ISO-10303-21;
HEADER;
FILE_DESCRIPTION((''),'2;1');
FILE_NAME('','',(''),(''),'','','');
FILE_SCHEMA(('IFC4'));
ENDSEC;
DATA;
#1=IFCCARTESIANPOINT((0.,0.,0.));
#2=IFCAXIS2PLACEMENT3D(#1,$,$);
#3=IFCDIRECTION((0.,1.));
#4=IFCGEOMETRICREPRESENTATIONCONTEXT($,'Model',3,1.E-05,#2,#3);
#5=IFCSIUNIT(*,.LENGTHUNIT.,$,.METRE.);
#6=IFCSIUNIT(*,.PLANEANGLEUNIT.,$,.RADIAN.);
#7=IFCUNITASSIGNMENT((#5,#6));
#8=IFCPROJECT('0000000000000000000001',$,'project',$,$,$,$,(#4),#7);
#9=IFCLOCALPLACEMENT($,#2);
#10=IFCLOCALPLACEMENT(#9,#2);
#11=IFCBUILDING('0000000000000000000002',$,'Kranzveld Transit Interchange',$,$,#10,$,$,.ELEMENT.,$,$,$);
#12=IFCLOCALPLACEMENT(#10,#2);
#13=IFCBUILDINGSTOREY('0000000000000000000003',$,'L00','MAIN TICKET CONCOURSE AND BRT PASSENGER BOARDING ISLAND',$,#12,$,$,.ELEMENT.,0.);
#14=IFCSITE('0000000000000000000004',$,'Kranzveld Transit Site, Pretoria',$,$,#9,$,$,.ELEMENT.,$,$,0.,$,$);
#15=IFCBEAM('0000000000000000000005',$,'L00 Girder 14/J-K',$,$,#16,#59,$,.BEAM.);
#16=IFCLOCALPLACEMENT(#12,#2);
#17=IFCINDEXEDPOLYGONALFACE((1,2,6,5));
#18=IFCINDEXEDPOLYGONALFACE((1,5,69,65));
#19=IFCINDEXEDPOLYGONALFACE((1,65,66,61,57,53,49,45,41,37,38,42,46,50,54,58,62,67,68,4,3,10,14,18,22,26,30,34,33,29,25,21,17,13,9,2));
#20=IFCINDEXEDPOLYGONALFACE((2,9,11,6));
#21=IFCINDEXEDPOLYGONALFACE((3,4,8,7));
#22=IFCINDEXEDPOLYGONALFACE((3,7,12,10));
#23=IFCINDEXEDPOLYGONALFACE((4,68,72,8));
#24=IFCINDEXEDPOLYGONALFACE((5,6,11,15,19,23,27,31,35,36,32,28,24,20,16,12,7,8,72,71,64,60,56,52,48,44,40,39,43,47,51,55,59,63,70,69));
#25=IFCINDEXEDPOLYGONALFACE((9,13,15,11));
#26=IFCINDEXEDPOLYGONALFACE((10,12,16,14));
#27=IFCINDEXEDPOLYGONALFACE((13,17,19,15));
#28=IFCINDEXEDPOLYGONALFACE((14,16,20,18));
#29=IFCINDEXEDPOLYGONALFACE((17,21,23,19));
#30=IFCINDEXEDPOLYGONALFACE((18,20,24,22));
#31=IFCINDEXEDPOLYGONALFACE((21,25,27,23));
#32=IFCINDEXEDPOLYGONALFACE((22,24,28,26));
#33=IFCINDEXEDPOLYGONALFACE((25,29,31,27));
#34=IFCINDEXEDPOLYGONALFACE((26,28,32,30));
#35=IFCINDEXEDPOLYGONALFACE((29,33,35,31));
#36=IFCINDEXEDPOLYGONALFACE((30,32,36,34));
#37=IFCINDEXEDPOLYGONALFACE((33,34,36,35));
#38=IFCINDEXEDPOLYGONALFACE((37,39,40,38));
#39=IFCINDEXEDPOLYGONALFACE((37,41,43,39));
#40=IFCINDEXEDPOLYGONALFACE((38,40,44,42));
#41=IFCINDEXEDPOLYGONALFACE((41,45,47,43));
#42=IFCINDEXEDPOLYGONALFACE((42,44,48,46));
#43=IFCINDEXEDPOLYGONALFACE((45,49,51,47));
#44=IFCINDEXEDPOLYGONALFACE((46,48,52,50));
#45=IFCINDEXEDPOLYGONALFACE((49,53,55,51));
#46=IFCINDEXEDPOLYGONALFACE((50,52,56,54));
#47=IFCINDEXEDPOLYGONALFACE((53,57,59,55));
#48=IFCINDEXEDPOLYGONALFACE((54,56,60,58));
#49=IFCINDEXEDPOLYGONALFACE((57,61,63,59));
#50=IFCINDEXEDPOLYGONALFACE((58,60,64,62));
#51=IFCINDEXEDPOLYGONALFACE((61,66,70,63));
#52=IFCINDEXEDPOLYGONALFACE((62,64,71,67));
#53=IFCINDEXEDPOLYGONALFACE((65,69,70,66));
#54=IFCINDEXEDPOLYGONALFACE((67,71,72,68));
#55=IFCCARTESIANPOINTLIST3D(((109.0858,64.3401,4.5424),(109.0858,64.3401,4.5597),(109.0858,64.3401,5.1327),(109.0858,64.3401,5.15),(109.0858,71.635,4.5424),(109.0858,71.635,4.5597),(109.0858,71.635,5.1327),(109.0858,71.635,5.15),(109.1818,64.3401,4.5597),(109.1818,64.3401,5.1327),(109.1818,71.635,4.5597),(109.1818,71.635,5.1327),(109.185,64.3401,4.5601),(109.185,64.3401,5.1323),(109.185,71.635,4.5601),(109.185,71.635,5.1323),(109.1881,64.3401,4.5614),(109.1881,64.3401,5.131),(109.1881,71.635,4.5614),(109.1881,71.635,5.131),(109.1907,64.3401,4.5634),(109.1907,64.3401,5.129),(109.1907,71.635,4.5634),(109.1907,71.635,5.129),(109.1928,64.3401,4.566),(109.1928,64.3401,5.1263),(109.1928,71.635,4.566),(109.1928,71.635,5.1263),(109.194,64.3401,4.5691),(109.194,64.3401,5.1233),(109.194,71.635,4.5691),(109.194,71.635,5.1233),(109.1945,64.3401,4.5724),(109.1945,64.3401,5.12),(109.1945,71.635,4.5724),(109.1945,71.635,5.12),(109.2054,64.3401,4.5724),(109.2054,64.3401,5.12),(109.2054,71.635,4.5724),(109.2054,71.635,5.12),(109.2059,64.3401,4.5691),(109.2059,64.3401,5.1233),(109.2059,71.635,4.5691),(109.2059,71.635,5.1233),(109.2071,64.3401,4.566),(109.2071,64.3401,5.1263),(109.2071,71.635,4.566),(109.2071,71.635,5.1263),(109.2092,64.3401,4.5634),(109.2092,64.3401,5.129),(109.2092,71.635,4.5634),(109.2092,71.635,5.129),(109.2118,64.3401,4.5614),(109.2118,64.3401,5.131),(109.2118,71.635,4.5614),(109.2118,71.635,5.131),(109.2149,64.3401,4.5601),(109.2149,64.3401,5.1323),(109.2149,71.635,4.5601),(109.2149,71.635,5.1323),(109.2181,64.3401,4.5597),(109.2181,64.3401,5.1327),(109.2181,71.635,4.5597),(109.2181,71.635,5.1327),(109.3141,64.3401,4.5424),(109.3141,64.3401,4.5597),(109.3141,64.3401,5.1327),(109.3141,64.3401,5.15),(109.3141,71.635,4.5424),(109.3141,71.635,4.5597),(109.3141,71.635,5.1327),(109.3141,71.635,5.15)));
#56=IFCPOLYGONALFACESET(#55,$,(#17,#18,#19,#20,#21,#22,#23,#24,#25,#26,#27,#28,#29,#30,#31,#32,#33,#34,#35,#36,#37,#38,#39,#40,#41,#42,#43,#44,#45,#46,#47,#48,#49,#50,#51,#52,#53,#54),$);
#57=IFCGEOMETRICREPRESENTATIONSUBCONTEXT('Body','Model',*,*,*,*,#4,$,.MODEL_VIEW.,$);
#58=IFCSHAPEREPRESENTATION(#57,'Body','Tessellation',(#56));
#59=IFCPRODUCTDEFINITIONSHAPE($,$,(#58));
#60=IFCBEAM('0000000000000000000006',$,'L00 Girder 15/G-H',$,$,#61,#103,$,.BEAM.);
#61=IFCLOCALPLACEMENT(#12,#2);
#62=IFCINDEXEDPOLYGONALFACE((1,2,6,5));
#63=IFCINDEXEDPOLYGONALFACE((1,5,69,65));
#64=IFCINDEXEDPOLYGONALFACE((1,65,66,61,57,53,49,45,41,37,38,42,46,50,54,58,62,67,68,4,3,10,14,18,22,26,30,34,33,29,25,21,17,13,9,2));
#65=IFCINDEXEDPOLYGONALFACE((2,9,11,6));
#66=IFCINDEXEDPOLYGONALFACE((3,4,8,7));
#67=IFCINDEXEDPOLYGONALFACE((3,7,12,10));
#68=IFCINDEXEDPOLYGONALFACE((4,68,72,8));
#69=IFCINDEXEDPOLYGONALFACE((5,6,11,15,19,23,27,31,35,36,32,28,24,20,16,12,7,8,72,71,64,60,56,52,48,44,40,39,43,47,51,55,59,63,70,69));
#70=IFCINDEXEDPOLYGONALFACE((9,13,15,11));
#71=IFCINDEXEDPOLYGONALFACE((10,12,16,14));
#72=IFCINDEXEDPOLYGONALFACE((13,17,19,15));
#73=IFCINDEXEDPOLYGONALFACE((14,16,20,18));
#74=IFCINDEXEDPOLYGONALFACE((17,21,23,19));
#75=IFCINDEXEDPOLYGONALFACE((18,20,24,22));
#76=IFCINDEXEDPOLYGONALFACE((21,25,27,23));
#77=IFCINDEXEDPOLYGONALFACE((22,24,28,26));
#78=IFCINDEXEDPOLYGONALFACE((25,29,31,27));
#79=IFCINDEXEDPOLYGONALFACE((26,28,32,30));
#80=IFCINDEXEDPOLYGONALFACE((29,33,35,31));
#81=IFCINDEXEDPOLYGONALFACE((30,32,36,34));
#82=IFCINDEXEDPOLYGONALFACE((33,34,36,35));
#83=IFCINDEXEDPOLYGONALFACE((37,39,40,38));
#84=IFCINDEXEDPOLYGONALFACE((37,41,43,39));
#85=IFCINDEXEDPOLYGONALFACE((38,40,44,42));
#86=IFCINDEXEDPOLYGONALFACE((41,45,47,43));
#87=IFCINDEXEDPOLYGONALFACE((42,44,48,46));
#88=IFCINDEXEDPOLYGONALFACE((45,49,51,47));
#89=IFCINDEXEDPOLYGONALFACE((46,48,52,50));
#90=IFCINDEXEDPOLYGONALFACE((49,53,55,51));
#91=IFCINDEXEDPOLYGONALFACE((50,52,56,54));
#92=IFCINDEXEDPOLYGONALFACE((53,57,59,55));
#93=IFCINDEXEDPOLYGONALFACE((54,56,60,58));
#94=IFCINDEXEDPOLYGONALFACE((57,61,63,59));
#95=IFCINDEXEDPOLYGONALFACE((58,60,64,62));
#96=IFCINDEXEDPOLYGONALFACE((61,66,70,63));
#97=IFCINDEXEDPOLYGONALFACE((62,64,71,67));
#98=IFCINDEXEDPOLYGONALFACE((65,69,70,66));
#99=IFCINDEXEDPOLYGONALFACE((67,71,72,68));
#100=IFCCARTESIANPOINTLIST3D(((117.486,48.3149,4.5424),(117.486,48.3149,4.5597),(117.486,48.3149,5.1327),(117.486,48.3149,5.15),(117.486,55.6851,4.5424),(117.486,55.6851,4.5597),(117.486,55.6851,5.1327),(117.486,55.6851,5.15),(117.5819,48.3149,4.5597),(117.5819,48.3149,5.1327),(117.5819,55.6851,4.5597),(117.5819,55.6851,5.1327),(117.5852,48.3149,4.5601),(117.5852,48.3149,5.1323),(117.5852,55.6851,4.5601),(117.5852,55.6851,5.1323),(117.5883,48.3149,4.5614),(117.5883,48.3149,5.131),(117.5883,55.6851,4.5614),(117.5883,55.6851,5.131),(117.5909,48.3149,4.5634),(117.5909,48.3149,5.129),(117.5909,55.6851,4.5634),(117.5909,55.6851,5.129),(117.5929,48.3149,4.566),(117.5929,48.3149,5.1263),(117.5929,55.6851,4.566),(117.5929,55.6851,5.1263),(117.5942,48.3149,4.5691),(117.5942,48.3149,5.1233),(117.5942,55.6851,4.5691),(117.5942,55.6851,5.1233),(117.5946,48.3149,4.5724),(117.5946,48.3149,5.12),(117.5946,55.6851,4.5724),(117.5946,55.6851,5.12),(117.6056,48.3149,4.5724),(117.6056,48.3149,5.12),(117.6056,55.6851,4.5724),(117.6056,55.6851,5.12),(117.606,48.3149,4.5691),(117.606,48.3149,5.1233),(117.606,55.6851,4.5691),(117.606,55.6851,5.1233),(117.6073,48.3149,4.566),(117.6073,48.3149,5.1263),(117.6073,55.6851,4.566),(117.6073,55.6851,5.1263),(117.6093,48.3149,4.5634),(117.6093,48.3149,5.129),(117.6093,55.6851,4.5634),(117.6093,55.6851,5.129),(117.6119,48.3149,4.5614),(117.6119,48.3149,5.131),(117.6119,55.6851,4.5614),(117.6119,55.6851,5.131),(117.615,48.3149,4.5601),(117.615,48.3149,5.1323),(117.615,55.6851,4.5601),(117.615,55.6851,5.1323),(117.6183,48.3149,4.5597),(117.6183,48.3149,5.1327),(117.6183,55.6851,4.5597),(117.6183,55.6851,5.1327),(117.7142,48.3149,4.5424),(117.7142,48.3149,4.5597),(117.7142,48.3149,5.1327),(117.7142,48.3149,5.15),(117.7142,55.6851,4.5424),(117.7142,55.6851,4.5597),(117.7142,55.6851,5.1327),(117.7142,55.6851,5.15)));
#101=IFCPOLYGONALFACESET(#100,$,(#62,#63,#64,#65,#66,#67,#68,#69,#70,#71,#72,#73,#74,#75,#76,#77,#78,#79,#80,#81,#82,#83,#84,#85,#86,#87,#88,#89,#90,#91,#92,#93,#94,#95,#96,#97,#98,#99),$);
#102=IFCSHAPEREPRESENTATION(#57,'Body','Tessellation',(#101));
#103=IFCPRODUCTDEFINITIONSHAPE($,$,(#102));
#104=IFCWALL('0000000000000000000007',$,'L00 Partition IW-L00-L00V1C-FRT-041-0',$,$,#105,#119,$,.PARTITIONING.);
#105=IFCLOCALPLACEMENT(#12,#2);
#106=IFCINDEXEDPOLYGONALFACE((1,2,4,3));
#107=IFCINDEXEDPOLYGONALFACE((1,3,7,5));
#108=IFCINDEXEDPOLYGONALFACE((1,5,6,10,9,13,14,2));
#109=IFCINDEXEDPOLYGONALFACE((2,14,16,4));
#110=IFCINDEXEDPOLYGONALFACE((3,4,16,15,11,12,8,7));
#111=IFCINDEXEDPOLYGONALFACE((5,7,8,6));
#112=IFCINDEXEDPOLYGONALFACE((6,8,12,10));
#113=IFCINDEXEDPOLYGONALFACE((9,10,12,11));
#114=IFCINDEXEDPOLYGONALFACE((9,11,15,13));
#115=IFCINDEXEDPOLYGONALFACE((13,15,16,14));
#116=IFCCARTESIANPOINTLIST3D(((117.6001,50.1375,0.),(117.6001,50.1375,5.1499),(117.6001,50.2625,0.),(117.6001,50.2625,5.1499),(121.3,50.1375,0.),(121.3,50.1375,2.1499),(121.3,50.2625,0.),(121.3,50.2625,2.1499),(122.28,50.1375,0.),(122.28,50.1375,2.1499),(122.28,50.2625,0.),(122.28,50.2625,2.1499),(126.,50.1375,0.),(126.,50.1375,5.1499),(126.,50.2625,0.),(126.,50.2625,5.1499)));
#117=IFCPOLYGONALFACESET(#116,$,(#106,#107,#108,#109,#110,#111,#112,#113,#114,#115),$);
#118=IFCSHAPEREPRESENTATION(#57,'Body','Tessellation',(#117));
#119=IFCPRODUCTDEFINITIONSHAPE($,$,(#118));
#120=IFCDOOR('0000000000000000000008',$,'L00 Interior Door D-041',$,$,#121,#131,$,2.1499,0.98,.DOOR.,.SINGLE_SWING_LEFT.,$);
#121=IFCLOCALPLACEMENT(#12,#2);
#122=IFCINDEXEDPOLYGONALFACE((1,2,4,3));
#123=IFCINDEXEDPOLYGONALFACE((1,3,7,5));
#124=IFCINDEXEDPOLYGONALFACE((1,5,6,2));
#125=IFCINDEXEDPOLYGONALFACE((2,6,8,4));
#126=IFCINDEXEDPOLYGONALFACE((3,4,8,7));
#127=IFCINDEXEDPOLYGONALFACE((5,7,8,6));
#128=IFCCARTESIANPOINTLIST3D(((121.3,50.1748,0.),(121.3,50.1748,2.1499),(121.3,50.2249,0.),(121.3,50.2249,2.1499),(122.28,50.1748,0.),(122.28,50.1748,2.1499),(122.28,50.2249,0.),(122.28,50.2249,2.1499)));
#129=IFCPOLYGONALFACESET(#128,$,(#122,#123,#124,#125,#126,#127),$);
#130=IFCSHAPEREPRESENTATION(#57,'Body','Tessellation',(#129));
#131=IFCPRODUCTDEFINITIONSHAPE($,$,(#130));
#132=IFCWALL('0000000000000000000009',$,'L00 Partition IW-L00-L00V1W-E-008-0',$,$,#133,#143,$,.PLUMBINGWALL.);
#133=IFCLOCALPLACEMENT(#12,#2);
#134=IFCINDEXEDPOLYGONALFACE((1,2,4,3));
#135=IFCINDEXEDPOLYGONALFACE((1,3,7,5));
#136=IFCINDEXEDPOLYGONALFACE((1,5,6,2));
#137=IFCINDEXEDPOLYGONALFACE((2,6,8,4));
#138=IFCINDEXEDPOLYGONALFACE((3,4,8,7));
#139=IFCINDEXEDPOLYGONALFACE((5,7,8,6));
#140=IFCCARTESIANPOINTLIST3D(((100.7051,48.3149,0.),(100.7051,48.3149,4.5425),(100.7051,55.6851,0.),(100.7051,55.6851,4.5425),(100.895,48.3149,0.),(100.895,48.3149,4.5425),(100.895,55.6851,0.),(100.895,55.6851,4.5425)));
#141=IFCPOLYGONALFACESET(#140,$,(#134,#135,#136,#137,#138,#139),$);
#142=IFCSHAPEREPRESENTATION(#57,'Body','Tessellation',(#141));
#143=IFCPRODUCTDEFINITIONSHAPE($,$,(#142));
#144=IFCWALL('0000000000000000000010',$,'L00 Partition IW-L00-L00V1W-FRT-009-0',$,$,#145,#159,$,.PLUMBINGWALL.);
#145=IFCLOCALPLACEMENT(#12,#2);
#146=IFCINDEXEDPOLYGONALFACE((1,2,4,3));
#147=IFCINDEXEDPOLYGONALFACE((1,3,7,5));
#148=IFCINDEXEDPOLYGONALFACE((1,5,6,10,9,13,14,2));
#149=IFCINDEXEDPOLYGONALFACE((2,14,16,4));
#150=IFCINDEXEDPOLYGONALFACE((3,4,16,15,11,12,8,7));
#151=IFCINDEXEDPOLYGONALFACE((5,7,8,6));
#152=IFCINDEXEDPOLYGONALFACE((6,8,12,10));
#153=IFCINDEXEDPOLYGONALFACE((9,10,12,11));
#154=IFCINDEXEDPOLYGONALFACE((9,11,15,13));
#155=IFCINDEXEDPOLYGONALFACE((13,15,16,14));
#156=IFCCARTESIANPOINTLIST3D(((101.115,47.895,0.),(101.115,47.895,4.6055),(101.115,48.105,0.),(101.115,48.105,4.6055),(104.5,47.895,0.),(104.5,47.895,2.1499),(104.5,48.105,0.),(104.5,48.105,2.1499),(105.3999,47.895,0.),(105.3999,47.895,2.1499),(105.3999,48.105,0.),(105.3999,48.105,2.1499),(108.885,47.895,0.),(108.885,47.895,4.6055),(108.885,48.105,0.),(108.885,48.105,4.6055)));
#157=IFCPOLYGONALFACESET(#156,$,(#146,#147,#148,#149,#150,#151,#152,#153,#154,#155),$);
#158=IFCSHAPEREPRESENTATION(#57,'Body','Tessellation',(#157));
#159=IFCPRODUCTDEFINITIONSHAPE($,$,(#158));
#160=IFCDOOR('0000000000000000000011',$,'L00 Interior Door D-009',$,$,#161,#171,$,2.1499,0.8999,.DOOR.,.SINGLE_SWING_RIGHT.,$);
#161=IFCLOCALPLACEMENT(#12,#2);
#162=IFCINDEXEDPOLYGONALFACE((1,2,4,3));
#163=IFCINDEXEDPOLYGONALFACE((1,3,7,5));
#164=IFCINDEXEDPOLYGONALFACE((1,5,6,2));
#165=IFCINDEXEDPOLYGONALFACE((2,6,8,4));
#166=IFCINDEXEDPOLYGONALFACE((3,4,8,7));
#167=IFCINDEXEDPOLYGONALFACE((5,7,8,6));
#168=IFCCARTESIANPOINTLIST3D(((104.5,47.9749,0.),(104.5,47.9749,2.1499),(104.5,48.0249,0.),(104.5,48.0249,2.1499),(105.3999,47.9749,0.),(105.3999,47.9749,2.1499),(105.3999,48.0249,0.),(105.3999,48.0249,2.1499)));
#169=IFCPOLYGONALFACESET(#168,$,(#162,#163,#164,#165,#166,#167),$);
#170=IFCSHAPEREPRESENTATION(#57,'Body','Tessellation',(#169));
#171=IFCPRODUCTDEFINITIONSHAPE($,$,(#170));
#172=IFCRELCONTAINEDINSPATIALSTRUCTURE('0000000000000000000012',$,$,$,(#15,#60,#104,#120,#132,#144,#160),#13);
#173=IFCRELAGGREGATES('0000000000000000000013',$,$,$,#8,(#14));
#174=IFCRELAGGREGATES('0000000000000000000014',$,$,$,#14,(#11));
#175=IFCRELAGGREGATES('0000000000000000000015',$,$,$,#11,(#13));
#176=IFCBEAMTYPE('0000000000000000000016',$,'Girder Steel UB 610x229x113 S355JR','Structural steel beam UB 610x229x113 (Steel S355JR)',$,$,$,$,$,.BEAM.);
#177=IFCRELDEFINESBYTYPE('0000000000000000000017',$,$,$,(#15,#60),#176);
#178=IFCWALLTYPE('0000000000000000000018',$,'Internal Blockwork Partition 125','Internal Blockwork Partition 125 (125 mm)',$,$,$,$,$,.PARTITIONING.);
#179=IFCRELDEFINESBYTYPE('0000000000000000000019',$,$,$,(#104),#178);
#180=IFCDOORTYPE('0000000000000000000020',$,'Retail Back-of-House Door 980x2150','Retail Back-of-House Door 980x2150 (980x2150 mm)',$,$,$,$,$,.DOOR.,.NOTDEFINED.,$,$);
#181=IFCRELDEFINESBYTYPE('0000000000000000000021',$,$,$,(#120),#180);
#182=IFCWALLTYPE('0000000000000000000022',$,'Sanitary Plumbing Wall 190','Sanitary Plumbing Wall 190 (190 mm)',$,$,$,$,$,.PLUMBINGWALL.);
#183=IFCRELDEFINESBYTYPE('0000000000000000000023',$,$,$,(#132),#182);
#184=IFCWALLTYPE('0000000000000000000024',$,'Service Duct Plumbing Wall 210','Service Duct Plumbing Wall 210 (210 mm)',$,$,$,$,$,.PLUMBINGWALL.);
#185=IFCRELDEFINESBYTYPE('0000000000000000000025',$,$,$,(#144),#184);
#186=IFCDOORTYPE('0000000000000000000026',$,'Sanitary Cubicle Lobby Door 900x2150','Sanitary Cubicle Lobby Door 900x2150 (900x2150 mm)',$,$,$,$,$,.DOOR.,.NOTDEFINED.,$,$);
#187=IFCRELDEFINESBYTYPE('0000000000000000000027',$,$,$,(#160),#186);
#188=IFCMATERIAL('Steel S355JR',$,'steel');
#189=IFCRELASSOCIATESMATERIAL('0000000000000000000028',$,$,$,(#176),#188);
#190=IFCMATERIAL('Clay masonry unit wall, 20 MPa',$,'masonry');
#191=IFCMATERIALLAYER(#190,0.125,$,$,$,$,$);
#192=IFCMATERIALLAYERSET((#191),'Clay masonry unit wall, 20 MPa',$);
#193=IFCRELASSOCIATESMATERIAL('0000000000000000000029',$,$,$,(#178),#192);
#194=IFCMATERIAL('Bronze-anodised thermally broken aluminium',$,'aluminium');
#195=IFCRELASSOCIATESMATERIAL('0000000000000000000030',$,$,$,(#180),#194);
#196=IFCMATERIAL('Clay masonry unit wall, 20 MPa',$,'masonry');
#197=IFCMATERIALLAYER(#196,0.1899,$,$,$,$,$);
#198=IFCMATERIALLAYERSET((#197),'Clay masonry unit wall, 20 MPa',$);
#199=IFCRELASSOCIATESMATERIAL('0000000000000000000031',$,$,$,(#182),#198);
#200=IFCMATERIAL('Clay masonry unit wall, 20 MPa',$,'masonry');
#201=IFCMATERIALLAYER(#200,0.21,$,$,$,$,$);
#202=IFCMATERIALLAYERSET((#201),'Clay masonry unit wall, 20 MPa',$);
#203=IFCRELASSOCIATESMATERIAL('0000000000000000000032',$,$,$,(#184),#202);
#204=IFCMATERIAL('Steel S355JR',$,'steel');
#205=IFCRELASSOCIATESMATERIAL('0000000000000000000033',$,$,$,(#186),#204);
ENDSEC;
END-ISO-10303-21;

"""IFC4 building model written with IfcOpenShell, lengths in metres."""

from ifc_helpers import new_model, si_unit, direction, frame, frame_2d, origin, origin_2d, place, context, subcontext, project, spatial, rectangle, i_section, extrude, material, layer, layer_set, material_profile, profile_set, type_object, element, fill, save


model = new_model("IFC4")

# Units and contexts
model_context = context("Model", 3, precision=1e-05, world=origin(), true_north=direction((0.0, 1.0)))
body_context = subcontext(model_context, "Body", "Model", "MODEL_VIEW")
ifc_project = project(units=[si_unit("LENGTHUNIT", "METRE"), si_unit("PLANEANGLEUNIT", "RADIAN")], contexts=[model_context])

# Site, building, storey
site_placement = place(None, origin())
site = spatial("IfcSite", under=ifc_project, at=site_placement, Name="Kranzveld Transit Site, Pretoria", CompositionType="ELEMENT", RefElevation=0.0)
building_placement = place(site_placement, origin())
building = spatial("IfcBuilding", under=site, at=building_placement, Name="Kranzveld Transit Interchange", CompositionType="ELEMENT")
storey_placement = place(building_placement, origin())
storey = spatial("IfcBuildingStorey", under=building, at=storey_placement, Name="L00", Description="MAIN TICKET CONCOURSE AND BRT PASSENGER BOARDING ISLAND", CompositionType="ELEMENT", Elevation=0.0)

# Beams
ifc_material_1 = material(Name="Steel S355JR", Category="steel")
ifc_material_profile_1 = material_profile(ifc_material_1, i_section(OverallWidth=0.2283, OverallDepth=0.6077, WebThickness=0.011, FlangeThickness=0.0173, FilletRadius=0.0127, at=origin_2d()), Name="UB 610x229x113")
ifc_profile_set_1 = profile_set([ifc_material_profile_1], Name="Steel S355JR")
beam_type_1 = type_object("IfcBeamType", Name="Girder Steel UB 610x229x113 S355JR", Description="Structural steel beam UB 610x229x113 (Steel S355JR)", PredefinedType="BEAM", material=ifc_profile_set_1)
beam_1_placement = place(storey_placement, frame((109.2, 64.3401, 4.8462), z_axis=(0.0, 1.0, 0.0), x_axis=(-1.0, 0.0, 0.0)))
element("IfcBeam", 1, at=beam_1_placement, inside=storey, type_object=beam_type_1, Name="L00 Girder 14/J-K", PredefinedType="BEAM", context=body_context, shape_type="SweptSolid", body=[
    extrude(i_section(OverallWidth=0.2283, OverallDepth=0.6077, WebThickness=0.011, FlangeThickness=0.0173, FilletRadius=0.0127, at=origin_2d()), origin(), (0.0, 0.0, 1.0), 7.2949),
])
beam_2_placement = place(storey_placement, frame((117.6001, 48.3149, 4.8462), z_axis=(0.0, 1.0, 0.0), x_axis=(-1.0, 0.0, 0.0)))
element("IfcBeam", 2, at=beam_2_placement, inside=storey, type_object=beam_type_1, Name="L00 Girder 15/G-H", PredefinedType="BEAM", context=body_context, shape_type="SweptSolid", body=[
    extrude(i_section(OverallWidth=0.2283, OverallDepth=0.6077, WebThickness=0.011, FlangeThickness=0.0173, FilletRadius=0.0127, at=origin_2d()), origin(), (0.0, 0.0, 1.0), 7.3701),
])

# Wall, opening, door
ifc_material_2 = material(Name="Clay masonry unit wall, 20 MPa", Category="masonry")
ifc_layer_1 = layer(ifc_material_2, 0.125)
ifc_layer_set_1 = layer_set([ifc_layer_1], Name="Clay masonry unit wall, 20 MPa")
wall_type_1 = type_object("IfcWallType", Name="Internal Blockwork Partition 125", Description="Internal Blockwork Partition 125 (125 mm)", PredefinedType="PARTITIONING", material=ifc_layer_set_1)
wall_1_placement = place(storey_placement, frame((117.6001, 50.2, 0.0), z_axis=(0.0, 0.0, 1.0), x_axis=(1.0, 0.0, 0.0)))
wall_1 = element("IfcWall", 3, at=wall_1_placement, inside=storey, type_object=wall_type_1, Name="L00 Partition IW-L00-L00V1C-FRT-041-0", PredefinedType="PARTITIONING", context=body_context, shape_type="SweptSolid", body=[
    extrude(rectangle(XDim=8.3999, YDim=0.125, at=frame_2d((4.2, 0.0))), origin(), (0.0, 0.0, 1.0), 5.1499),
])
opening_1_placement = place(wall_1_placement, frame((3.7, 0.0, 0.0), z_axis=(0.0, 0.0, 1.0), x_axis=(1.0, 0.0, 0.0)))
opening_1 = element("IfcOpeningElement", 4, at=opening_1_placement, cuts=wall_1, PredefinedType="OPENING", context=body_context, shape_type="SweptSolid", body=[
    extrude(rectangle(XDim=0.98, YDim=2.1499, at=frame_2d((0.49, 1.075))), frame((0.0, 0.0725, 0.0), z_axis=(0.0, -1.0, 0.0), x_axis=(1.0, 0.0, 0.0)), (0.0, 0.0, 1.0), 0.145),
])
ifc_material_3 = material(Name="Bronze-anodised thermally broken aluminium", Category="aluminium")
door_type_1 = type_object("IfcDoorType", Name="Retail Back-of-House Door 980x2150", Description="Retail Back-of-House Door 980x2150 (980x2150 mm)", OperationType="NOTDEFINED", PredefinedType="DOOR", material=ifc_material_3)
door_1_placement = place(opening_1_placement, origin())
door_1 = element("IfcDoor", 5, at=door_1_placement, inside=storey, type_object=door_type_1, Name="L00 Interior Door D-041", OperationType="SINGLE_SWING_LEFT", OverallHeight=2.1499, OverallWidth=0.98, PredefinedType="DOOR", context=body_context, shape_type="SweptSolid", body=[
    extrude(rectangle(XDim=0.98, YDim=2.1499, at=frame_2d((0.49, 1.075))), frame((0.0, 0.0249, 0.0), z_axis=(0.0, -1.0, 0.0), x_axis=(1.0, 0.0, 0.0)), (0.0, 0.0, 1.0), 0.05),
])
fill(opening_1, door_1)

# Wall
ifc_material_4 = material(Name="Clay masonry unit wall, 20 MPa", Category="masonry")
ifc_layer_2 = layer(ifc_material_4, 0.1899)
ifc_layer_set_2 = layer_set([ifc_layer_2], Name="Clay masonry unit wall, 20 MPa")
wall_type_2 = type_object("IfcWallType", Name="Sanitary Plumbing Wall 190", Description="Sanitary Plumbing Wall 190 (190 mm)", PredefinedType="PLUMBINGWALL", material=ifc_layer_set_2)
wall_2_placement = place(storey_placement, frame((100.8, 48.3149, 0.0), z_axis=(0.0, 0.0, 1.0), x_axis=(0.0, 1.0, 0.0)))
element("IfcWall", 6, at=wall_2_placement, inside=storey, type_object=wall_type_2, Name="L00 Partition IW-L00-L00V1W-E-008-0", PredefinedType="PLUMBINGWALL", context=body_context, shape_type="SweptSolid", body=[
    extrude(rectangle(XDim=7.3701, YDim=0.1899, at=frame_2d((3.6851, 0.0))), origin(), (0.0, 0.0, 1.0), 4.5425),
])

# Wall, opening, door
ifc_material_5 = material(Name="Clay masonry unit wall, 20 MPa", Category="masonry")
ifc_layer_3 = layer(ifc_material_5, 0.21)
ifc_layer_set_3 = layer_set([ifc_layer_3], Name="Clay masonry unit wall, 20 MPa")
wall_type_3 = type_object("IfcWallType", Name="Service Duct Plumbing Wall 210", Description="Service Duct Plumbing Wall 210 (210 mm)", PredefinedType="PLUMBINGWALL", material=ifc_layer_set_3)
wall_3_placement = place(storey_placement, frame((101.115, 48.0, 0.0), z_axis=(0.0, 0.0, 1.0), x_axis=(1.0, 0.0, 0.0)))
wall_3 = element("IfcWall", 7, at=wall_3_placement, inside=storey, type_object=wall_type_3, Name="L00 Partition IW-L00-L00V1W-FRT-009-0", PredefinedType="PLUMBINGWALL", context=body_context, shape_type="SweptSolid", body=[
    extrude(rectangle(XDim=7.77, YDim=0.21, at=frame_2d((3.885, 0.0))), origin(), (0.0, 0.0, 1.0), 4.6055),
])
opening_2_placement = place(wall_3_placement, frame((3.385, 0.0, 0.0), z_axis=(0.0, 0.0, 1.0), x_axis=(1.0, 0.0, 0.0)))
opening_2 = element("IfcOpeningElement", 8, at=opening_2_placement, cuts=wall_3, PredefinedType="OPENING", context=body_context, shape_type="SweptSolid", body=[
    extrude(rectangle(XDim=0.8999, YDim=2.1499, at=frame_2d((0.45, 1.075))), frame((0.0, 0.115, 0.0), z_axis=(0.0, -1.0, 0.0), x_axis=(1.0, 0.0, 0.0)), (0.0, 0.0, 1.0), 0.23),
])
ifc_material_6 = material(Name="Steel S355JR", Category="steel")
door_type_2 = type_object("IfcDoorType", Name="Sanitary Cubicle Lobby Door 900x2150", Description="Sanitary Cubicle Lobby Door 900x2150 (900x2150 mm)", OperationType="NOTDEFINED", PredefinedType="DOOR", material=ifc_material_6)
door_2_placement = place(opening_2_placement, origin())
door_2 = element("IfcDoor", 9, at=door_2_placement, inside=storey, type_object=door_type_2, Name="L00 Interior Door D-009", OperationType="SINGLE_SWING_RIGHT", OverallHeight=2.1499, OverallWidth=0.8999, PredefinedType="DOOR", context=body_context, shape_type="SweptSolid", body=[
    extrude(rectangle(XDim=0.8999, YDim=2.1499, at=frame_2d((0.45, 1.075))), frame((0.0, 0.0249, 0.0), z_axis=(0.0, -1.0, 0.0), x_axis=(1.0, 0.0, 0.0)), (0.0, 0.0, 1.0), 0.05),
])
fill(opening_2, door_2)

save(model, "model.ifc")
